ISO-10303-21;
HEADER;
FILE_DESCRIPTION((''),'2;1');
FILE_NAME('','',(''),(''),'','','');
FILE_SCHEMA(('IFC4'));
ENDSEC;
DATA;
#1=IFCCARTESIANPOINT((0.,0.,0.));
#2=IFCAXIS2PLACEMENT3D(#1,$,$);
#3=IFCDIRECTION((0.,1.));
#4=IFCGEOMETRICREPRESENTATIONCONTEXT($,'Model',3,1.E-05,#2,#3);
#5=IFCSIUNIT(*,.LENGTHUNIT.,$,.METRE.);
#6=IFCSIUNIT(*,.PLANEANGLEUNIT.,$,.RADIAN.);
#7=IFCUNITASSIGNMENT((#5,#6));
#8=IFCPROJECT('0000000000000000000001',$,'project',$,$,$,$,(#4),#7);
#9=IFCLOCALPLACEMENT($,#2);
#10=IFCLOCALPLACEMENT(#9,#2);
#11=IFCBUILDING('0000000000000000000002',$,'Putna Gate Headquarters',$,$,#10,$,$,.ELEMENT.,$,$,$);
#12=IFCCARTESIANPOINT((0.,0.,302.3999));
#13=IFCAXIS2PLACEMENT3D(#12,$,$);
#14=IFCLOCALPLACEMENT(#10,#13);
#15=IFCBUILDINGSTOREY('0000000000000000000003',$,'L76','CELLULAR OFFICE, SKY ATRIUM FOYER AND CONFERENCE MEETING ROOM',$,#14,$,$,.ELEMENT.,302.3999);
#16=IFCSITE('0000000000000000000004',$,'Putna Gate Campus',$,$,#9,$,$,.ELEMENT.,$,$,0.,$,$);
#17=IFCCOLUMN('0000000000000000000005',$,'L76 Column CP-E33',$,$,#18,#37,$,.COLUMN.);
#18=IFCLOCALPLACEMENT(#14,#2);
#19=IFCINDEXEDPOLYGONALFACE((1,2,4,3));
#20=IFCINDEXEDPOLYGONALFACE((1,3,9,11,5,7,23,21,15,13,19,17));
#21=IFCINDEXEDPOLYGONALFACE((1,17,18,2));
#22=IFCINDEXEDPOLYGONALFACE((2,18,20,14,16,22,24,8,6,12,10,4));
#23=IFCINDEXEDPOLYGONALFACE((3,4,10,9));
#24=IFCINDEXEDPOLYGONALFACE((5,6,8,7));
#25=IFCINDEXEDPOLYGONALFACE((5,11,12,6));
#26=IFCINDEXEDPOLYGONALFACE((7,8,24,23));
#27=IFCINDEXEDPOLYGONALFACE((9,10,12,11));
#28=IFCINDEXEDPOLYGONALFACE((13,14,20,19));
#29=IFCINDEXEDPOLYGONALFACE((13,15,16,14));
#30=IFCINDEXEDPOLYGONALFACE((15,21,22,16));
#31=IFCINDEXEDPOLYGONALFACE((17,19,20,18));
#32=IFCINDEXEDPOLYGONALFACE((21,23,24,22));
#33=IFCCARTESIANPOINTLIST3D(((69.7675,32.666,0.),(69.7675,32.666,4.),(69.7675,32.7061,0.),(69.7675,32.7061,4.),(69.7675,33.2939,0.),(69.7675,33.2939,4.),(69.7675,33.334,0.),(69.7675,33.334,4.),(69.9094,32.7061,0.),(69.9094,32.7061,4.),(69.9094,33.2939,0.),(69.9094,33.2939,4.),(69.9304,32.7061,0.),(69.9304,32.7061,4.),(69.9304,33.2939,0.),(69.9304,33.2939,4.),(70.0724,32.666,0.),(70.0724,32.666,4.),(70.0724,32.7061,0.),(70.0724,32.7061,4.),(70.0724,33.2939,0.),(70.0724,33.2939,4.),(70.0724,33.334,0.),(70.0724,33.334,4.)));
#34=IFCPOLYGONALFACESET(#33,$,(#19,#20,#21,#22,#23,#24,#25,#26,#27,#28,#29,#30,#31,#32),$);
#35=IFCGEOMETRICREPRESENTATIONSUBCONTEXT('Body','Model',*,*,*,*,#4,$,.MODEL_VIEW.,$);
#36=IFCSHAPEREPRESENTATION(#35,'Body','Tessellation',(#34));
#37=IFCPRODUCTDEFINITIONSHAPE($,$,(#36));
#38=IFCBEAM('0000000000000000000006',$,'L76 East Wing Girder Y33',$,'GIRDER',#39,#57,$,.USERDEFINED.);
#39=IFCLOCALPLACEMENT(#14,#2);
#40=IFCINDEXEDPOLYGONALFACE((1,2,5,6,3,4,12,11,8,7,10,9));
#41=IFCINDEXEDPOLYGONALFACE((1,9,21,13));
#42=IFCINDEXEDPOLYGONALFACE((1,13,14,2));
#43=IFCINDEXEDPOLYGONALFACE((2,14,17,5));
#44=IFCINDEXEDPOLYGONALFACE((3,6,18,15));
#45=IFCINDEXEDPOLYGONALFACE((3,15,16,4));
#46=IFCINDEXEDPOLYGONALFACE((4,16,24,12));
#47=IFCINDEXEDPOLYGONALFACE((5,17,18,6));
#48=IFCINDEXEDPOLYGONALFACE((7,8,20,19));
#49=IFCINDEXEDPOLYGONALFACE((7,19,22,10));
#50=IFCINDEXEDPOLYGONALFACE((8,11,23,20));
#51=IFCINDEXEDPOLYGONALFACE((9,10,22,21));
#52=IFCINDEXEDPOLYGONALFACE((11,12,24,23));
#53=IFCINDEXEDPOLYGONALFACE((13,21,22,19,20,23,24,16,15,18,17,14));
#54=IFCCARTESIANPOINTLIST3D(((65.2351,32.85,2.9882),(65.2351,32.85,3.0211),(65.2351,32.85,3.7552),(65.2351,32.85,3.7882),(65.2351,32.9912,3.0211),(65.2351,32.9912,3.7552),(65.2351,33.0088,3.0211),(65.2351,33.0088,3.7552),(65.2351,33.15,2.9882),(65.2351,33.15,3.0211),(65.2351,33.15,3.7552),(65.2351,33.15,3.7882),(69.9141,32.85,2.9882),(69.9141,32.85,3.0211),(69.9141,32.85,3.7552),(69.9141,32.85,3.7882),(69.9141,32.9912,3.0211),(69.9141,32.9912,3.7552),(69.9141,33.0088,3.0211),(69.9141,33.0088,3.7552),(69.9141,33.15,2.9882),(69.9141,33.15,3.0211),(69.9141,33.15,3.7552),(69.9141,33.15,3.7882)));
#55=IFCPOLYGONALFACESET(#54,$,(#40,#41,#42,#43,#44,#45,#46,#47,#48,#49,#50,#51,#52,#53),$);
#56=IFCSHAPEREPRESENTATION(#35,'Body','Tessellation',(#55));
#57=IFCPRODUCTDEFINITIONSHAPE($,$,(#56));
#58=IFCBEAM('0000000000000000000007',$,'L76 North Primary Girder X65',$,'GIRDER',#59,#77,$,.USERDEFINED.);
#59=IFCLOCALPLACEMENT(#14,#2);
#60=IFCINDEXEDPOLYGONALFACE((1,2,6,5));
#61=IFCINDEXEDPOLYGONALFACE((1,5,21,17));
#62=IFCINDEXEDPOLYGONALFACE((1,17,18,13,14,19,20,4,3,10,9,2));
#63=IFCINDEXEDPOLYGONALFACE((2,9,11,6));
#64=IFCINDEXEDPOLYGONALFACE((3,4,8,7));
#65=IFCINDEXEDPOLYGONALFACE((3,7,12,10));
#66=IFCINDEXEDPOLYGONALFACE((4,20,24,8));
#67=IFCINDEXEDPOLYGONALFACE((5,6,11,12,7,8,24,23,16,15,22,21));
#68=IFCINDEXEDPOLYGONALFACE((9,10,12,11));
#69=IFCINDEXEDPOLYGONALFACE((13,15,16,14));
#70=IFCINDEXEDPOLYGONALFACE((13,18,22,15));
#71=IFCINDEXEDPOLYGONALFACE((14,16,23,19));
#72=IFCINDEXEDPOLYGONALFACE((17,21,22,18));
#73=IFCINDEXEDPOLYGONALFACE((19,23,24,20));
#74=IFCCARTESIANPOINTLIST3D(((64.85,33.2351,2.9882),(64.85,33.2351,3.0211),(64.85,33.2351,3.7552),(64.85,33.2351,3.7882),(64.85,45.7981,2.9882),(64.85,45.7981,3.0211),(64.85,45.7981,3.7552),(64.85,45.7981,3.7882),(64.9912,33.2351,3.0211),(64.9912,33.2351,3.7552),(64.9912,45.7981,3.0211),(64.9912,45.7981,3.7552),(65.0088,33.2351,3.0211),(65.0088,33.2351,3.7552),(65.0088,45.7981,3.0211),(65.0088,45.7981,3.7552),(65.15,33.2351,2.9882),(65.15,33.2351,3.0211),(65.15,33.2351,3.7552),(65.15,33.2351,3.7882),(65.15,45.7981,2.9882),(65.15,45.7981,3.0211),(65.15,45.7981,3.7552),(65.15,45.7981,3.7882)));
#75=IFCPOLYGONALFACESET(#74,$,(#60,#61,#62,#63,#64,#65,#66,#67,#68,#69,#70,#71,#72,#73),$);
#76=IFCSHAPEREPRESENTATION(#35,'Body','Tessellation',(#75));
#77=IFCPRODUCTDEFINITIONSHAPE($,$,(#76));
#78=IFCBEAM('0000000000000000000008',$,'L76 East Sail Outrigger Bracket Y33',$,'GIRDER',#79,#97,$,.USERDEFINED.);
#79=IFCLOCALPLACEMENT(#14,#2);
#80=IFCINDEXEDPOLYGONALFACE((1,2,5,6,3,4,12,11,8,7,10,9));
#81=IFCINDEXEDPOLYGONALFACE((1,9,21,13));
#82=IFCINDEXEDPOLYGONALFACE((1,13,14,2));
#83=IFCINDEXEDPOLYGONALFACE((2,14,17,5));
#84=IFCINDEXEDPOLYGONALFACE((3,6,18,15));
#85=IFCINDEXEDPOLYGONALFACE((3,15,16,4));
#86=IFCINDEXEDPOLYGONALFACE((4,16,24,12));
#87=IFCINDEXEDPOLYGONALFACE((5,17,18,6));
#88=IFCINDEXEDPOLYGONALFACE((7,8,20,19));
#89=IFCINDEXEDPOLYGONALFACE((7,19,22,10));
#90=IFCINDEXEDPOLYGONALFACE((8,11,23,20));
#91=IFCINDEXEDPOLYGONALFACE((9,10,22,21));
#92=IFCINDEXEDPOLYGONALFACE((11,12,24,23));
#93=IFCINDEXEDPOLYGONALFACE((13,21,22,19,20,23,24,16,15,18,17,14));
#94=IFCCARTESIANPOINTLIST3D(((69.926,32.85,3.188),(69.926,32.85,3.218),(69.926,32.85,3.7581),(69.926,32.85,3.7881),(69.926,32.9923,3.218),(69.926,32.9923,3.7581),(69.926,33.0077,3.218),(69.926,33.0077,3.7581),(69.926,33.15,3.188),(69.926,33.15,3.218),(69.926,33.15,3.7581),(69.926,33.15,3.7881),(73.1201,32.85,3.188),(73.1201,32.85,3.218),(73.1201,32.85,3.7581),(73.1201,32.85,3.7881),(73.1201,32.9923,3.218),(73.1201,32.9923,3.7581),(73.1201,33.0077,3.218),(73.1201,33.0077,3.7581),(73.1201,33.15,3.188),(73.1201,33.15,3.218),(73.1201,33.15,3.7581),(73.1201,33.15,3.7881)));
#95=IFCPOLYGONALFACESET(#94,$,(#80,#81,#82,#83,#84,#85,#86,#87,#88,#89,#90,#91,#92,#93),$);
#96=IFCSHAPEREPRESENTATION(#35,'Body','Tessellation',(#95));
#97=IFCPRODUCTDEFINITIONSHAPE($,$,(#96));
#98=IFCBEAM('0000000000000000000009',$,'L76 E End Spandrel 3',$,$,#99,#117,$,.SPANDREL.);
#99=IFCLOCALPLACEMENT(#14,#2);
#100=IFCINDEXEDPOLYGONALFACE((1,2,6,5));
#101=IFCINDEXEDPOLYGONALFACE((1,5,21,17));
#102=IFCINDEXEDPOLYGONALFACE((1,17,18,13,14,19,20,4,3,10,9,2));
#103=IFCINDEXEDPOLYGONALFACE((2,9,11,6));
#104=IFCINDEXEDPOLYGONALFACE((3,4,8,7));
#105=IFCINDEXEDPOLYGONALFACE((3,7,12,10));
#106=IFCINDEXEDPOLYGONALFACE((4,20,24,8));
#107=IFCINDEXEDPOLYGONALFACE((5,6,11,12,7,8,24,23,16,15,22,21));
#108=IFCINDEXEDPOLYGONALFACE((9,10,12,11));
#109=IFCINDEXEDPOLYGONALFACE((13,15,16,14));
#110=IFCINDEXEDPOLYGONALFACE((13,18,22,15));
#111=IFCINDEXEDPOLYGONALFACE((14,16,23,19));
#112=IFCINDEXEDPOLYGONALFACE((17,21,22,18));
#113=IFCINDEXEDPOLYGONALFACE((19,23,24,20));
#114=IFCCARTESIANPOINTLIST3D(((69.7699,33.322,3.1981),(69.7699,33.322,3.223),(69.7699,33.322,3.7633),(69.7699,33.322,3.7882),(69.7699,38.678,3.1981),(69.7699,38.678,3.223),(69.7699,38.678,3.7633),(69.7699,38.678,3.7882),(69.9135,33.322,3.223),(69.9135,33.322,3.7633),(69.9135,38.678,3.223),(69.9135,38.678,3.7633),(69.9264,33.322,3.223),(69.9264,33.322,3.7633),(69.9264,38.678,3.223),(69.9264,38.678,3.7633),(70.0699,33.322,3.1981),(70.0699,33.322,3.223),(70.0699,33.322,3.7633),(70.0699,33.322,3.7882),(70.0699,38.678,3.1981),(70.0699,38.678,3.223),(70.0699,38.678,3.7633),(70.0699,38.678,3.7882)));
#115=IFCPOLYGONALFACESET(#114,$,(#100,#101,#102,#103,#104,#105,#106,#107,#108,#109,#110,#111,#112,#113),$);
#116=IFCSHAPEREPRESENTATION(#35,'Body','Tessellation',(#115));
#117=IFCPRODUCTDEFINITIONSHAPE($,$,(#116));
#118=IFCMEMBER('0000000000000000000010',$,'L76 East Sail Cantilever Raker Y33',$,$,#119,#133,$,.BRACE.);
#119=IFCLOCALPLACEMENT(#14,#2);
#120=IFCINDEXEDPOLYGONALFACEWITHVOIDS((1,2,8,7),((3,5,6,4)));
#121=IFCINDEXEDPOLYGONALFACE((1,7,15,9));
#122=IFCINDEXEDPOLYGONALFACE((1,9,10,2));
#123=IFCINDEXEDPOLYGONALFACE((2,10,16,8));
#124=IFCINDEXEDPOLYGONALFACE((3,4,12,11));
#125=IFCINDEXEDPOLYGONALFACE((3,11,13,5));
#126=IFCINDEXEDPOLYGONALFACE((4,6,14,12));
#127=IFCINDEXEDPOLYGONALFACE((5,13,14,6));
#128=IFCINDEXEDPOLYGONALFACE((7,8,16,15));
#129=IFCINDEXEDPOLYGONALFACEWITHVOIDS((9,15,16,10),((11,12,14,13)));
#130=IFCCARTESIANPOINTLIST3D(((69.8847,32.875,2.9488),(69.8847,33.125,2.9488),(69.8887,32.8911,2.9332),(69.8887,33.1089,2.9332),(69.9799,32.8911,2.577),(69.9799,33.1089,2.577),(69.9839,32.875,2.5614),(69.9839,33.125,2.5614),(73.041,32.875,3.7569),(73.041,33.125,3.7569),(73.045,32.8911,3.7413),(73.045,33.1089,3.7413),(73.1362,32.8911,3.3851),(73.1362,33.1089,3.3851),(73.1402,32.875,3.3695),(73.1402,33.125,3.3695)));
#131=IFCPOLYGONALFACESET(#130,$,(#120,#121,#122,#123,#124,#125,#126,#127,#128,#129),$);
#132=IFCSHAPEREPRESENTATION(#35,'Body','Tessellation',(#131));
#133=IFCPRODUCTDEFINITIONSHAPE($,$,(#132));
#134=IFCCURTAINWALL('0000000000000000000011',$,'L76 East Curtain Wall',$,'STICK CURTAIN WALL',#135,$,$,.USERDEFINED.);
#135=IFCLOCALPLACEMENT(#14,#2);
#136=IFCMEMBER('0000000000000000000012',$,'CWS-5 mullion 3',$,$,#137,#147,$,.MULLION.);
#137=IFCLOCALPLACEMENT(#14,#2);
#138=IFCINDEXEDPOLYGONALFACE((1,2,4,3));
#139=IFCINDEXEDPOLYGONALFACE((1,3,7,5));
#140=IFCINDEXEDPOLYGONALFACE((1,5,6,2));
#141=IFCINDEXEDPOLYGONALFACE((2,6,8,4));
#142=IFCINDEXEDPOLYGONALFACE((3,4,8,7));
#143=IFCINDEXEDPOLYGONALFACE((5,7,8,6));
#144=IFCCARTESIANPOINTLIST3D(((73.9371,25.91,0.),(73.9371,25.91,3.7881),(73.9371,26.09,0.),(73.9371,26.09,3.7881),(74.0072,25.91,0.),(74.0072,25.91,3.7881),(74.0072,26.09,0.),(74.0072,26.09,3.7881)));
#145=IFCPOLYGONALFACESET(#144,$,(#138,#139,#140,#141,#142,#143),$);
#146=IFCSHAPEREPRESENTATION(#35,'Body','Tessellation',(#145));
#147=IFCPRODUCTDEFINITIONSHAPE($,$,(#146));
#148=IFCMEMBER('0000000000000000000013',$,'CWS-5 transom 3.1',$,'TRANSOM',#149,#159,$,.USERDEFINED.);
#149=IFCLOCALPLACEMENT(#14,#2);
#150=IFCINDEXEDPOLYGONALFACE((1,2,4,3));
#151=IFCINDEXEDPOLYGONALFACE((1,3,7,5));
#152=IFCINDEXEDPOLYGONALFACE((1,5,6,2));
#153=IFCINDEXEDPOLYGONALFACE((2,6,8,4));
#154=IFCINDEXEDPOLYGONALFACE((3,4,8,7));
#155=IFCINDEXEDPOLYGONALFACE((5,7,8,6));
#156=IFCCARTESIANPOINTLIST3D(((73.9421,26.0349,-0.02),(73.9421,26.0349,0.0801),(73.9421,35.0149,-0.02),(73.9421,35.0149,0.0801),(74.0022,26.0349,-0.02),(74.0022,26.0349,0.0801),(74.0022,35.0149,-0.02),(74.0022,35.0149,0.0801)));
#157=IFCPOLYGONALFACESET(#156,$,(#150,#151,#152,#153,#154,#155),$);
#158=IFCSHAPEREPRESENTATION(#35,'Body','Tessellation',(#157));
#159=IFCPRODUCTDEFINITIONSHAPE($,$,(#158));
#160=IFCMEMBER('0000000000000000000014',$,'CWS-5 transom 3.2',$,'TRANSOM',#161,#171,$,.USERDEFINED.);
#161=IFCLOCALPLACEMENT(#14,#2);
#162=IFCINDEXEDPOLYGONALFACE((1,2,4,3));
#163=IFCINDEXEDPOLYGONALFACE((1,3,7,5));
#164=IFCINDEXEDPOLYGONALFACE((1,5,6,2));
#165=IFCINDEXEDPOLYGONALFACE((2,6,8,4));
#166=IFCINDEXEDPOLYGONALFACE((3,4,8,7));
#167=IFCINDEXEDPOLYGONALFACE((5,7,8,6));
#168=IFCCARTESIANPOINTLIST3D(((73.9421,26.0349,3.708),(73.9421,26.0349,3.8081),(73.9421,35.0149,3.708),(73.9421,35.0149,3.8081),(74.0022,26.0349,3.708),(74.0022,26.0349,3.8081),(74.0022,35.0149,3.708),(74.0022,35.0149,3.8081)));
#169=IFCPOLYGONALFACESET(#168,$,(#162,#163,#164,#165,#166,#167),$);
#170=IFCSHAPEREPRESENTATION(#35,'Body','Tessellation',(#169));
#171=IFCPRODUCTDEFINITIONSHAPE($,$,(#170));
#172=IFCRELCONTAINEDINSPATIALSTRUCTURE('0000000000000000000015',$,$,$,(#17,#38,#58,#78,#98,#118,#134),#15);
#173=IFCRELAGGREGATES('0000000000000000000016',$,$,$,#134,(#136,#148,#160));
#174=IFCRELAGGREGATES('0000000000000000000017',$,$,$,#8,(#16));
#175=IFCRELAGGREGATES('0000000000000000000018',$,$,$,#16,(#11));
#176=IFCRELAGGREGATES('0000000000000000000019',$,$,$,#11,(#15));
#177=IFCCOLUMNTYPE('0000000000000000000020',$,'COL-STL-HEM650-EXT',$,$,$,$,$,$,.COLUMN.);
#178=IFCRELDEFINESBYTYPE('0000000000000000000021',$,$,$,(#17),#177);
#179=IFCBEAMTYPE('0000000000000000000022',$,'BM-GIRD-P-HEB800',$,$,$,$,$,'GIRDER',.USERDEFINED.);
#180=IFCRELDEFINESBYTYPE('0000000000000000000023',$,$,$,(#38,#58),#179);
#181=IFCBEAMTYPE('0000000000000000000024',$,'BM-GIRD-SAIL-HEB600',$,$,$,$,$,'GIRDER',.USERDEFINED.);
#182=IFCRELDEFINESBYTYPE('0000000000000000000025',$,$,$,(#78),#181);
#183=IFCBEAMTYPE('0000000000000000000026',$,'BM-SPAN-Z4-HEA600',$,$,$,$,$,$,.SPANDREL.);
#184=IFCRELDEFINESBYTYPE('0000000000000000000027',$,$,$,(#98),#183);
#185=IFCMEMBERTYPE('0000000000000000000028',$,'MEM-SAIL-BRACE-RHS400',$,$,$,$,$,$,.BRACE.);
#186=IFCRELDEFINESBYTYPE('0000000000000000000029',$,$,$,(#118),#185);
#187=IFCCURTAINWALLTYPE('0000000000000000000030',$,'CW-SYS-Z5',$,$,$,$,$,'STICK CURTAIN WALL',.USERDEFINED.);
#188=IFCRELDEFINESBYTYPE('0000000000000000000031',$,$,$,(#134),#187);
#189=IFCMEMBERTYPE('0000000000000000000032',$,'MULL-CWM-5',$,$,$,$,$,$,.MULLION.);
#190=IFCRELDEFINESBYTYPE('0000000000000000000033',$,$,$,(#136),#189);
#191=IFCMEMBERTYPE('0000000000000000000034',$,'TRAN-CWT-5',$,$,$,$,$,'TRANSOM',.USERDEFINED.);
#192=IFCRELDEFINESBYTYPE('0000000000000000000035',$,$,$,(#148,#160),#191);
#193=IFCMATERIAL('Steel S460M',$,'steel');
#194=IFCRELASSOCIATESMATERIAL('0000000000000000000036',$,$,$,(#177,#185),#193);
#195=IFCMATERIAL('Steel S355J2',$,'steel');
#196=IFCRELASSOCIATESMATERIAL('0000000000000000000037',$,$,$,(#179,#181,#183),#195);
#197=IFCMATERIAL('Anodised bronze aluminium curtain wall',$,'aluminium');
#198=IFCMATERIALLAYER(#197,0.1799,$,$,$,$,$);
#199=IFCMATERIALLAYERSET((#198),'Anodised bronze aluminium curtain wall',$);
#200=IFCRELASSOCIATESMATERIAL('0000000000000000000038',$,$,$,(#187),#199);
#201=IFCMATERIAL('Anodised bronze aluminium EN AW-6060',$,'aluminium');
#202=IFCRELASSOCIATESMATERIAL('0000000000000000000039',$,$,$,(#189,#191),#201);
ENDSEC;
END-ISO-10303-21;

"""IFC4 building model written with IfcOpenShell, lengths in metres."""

from ifc_helpers import new_model, si_unit, direction, frame, origin, origin_2d, place, context, subcontext, project, spatial, rectangle, hollow_rectangle, i_section, extrude, material, layer, layer_set, material_profile, profile_set, type_object, element, aggregate, save


model = new_model("IFC4")

# Units and contexts
model_context = context("Model", 3, precision=1e-05, world=origin(), true_north=direction((0.0, 1.0)))
body_context = subcontext(model_context, "Body", "Model", "MODEL_VIEW")
ifc_project = project(units=[si_unit("LENGTHUNIT", "METRE"), si_unit("PLANEANGLEUNIT", "RADIAN")], contexts=[model_context])

# Site, building, storey
site_placement = place(None, origin())
site = spatial("IfcSite", under=ifc_project, at=site_placement, Name="Putna Gate Campus", CompositionType="ELEMENT", RefElevation=0.0)
building_placement = place(site_placement, origin())
building = spatial("IfcBuilding", under=site, at=building_placement, Name="Putna Gate Headquarters", CompositionType="ELEMENT")
storey_placement = place(building_placement, frame((0.0, 0.0, 302.3999)))
storey = spatial("IfcBuildingStorey", under=building, at=storey_placement, Name="L76", Description="CELLULAR OFFICE, SKY ATRIUM FOYER AND CONFERENCE MEETING ROOM", CompositionType="ELEMENT", Elevation=302.3999)

# Column
ifc_material_1 = material(Name="Steel S460M", Category="steel")
ifc_material_profile_1 = material_profile(ifc_material_1, i_section(OverallWidth=0.3049, OverallDepth=0.668, WebThickness=0.021, FlangeThickness=0.04, at=origin_2d()), Name="Steel S460M")
ifc_profile_set_1 = profile_set([ifc_material_profile_1], Name="Steel S460M")
column_type = type_object("IfcColumnType", Name="COL-STL-HEM650-EXT", PredefinedType="COLUMN", material=ifc_profile_set_1)
column_placement = place(storey_placement, frame((69.9199, 33.0, 0.0), z_axis=(0.0, 0.0, 1.0), x_axis=(1.0, 0.0, 0.0)))
element("IfcColumn", 1, at=column_placement, inside=storey, type_object=column_type, Name="L76 Column CP-E33", PredefinedType="COLUMN", context=body_context, shape_type="SweptSolid", body=[
    extrude(i_section(OverallWidth=0.3049, OverallDepth=0.668, WebThickness=0.021, FlangeThickness=0.04, at=origin_2d()), origin(), (0.0, 0.0, 1.0), 4.0),
])

# Beams
ifc_material_2 = material(Name="Steel S355J2", Category="steel")
ifc_material_profile_2 = material_profile(ifc_material_2, i_section(OverallWidth=0.3, OverallDepth=0.8, WebThickness=0.0176, FlangeThickness=0.033, at=origin_2d()), Name="Steel S355J2")
ifc_profile_set_2 = profile_set([ifc_material_profile_2], Name="Steel S355J2")
beam_type_1 = type_object("IfcBeamType", Name="BM-GIRD-P-HEB800", ElementType="GIRDER", PredefinedType="USERDEFINED", material=ifc_profile_set_2)
beam_1_placement = place(storey_placement, frame((65.2351, 33.0, 3.3882), z_axis=(1.0, 0.0, 0.0), x_axis=(0.0, 1.0, 0.0)))
element("IfcBeam", 2, at=beam_1_placement, inside=storey, type_object=beam_type_1, Name="L76 East Wing Girder Y33", ObjectType="GIRDER", PredefinedType="USERDEFINED", context=body_context, shape_type="SweptSolid", body=[
    extrude(i_section(OverallWidth=0.3, OverallDepth=0.8, WebThickness=0.0176, FlangeThickness=0.033, at=origin_2d()), origin(), (0.0, 0.0, 1.0), 4.679),
])
beam_2_placement = place(storey_placement, frame((65.0, 33.2351, 3.3882), z_axis=(0.0, 1.0, 0.0), x_axis=(-1.0, 0.0, 0.0)))
element("IfcBeam", 3, at=beam_2_placement, inside=storey, type_object=beam_type_1, Name="L76 North Primary Girder X65", ObjectType="GIRDER", PredefinedType="USERDEFINED", context=body_context, shape_type="SweptSolid", body=[
    extrude(i_section(OverallWidth=0.3, OverallDepth=0.8, WebThickness=0.0176, FlangeThickness=0.033, at=origin_2d()), origin(), (0.0, 0.0, 1.0), 12.563),
])
ifc_material_profile_3 = material_profile(ifc_material_2, i_section(OverallWidth=0.3, OverallDepth=0.6001, WebThickness=0.0154, FlangeThickness=0.03, at=origin_2d()), Name="Steel S355J2")
ifc_profile_set_3 = profile_set([ifc_material_profile_3], Name="Steel S355J2")
beam_type_2 = type_object("IfcBeamType", Name="BM-GIRD-SAIL-HEB600", ElementType="GIRDER", PredefinedType="USERDEFINED", material=ifc_profile_set_3)
beam_3_placement = place(storey_placement, frame((69.926, 33.0, 3.488), z_axis=(1.0, 0.0, 0.0), x_axis=(0.0, 1.0, 0.0)))
element("IfcBeam", 4, at=beam_3_placement, inside=storey, type_object=beam_type_2, Name="L76 East Sail Outrigger Bracket Y33", ObjectType="GIRDER", PredefinedType="USERDEFINED", context=body_context, shape_type="SweptSolid", body=[
    extrude(i_section(OverallWidth=0.3, OverallDepth=0.6001, WebThickness=0.0154, FlangeThickness=0.03, at=origin_2d()), origin(), (0.0, 0.0, 1.0), 3.1941),
])
ifc_material_profile_4 = material_profile(ifc_material_2, i_section(OverallWidth=0.3, OverallDepth=0.5901, WebThickness=0.0129, FlangeThickness=0.0249, at=origin_2d()), Name="Steel S355J2")
ifc_profile_set_4 = profile_set([ifc_material_profile_4], Name="Steel S355J2")
beam_type_3 = type_object("IfcBeamType", Name="BM-SPAN-Z4-HEA600", PredefinedType="SPANDREL", material=ifc_profile_set_4)
beam_4_placement = place(storey_placement, frame((69.9199, 33.322, 3.4932), z_axis=(0.0, 1.0, 0.0), x_axis=(-1.0, 0.0, 0.0)))
element("IfcBeam", 5, at=beam_4_placement, inside=storey, type_object=beam_type_3, Name="L76 E End Spandrel 3", PredefinedType="SPANDREL", context=body_context, shape_type="SweptSolid", body=[
    extrude(i_section(OverallWidth=0.3, OverallDepth=0.5901, WebThickness=0.0129, FlangeThickness=0.0249, at=origin_2d()), origin(), (0.0, 0.0, 1.0), 5.356),
])

# Member
ifc_material_profile_5 = material_profile(ifc_material_1, hollow_rectangle(XDim=0.25, YDim=0.3999, WallThickness=0.0161, at=origin_2d()), Name="Steel S460M")
ifc_profile_set_5 = profile_set([ifc_material_profile_5], Name="Steel S460M")
member_type_1 = type_object("IfcMemberType", Name="MEM-SAIL-BRACE-RHS400", PredefinedType="BRACE", material=ifc_profile_set_5)
member_1_placement = place(storey_placement, frame((69.9343, 33.0, 2.7551), z_axis=(0.968752, 0.0, 0.248033), x_axis=(0.0, 1.0, 0.0)))
element("IfcMember", 6, at=member_1_placement, inside=storey, type_object=member_type_1, Name="L76 East Sail Cantilever Raker Y33", PredefinedType="BRACE", context=body_context, shape_type="SweptSolid", body=[
    extrude(hollow_rectangle(XDim=0.25, YDim=0.3999, WallThickness=0.0161, at=origin_2d()), origin(), (0.0, 0.0, 1.0), 3.2581),
])

# Curtain wall, members
ifc_material_3 = material(Name="Anodised bronze aluminium curtain wall", Category="aluminium")
ifc_layer_1 = layer(ifc_material_3, 0.1799)
ifc_layer_set_1 = layer_set([ifc_layer_1], Name="Anodised bronze aluminium curtain wall")
curtain_wall_type = type_object("IfcCurtainWallType", Name="CW-SYS-Z5", ElementType="STICK CURTAIN WALL", PredefinedType="USERDEFINED", material=ifc_layer_set_1)
curtain_wall_placement = place(storey_placement, origin())
curtain_wall = element("IfcCurtainWall", 7, at=curtain_wall_placement, inside=storey, type_object=curtain_wall_type, Name="L76 East Curtain Wall", ObjectType="STICK CURTAIN WALL", PredefinedType="USERDEFINED")
ifc_material_4 = material(Name="Anodised bronze aluminium EN AW-6060", Category="aluminium")
ifc_material_profile_6 = material_profile(ifc_material_4, rectangle(XDim=0.0701, YDim=0.1799, at=origin_2d()), Name="Anodised bronze aluminium EN AW-6060")
ifc_profile_set_6 = profile_set([ifc_material_profile_6], Name="Anodised bronze aluminium EN AW-6060")
member_type_2 = type_object("IfcMemberType", Name="MULL-CWM-5", PredefinedType="MULLION", material=ifc_profile_set_6)
member_2_placement = place(storey_placement, frame((73.9722, 26.0, 0.0), z_axis=(0.0, 0.0, 1.0), x_axis=(-1.0, 0.0, 0.0)))
member_2 = element("IfcMember", 8, at=member_2_placement, type_object=member_type_2, Name="CWS-5 mullion 3", PredefinedType="MULLION", context=body_context, shape_type="SweptSolid", body=[
    extrude(rectangle(XDim=0.0701, YDim=0.1799, at=origin_2d()), origin(), (0.0, 0.0, 1.0), 3.7881),
])
ifc_material_profile_7 = material_profile(ifc_material_4, rectangle(XDim=0.0601, YDim=0.1001, at=origin_2d()), Name="Anodised bronze aluminium EN AW-6060")
ifc_profile_set_7 = profile_set([ifc_material_profile_7], Name="Anodised bronze aluminium EN AW-6060")
member_type_3 = type_object("IfcMemberType", Name="TRAN-CWT-5", ElementType="TRANSOM", PredefinedType="USERDEFINED", material=ifc_profile_set_7)
member_3_placement = place(storey_placement, frame((73.9722, 26.0349, 0.03), z_axis=(0.0, 1.0, 0.0), x_axis=(-1.0, 0.0, 0.0)))
member_3 = element("IfcMember", 9, at=member_3_placement, type_object=member_type_3, Name="CWS-5 transom 3.1", ObjectType="TRANSOM", PredefinedType="USERDEFINED", context=body_context, shape_type="SweptSolid", body=[
    extrude(rectangle(XDim=0.0601, YDim=0.1001, at=origin_2d()), origin(), (0.0, 0.0, 1.0), 8.98),
])
member_4_placement = place(storey_placement, frame((73.9722, 26.0349, 3.7581), z_axis=(0.0, 1.0, 0.0), x_axis=(-1.0, 0.0, 0.0)))
member_4 = element("IfcMember", 10, at=member_4_placement, type_object=member_type_3, Name="CWS-5 transom 3.2", ObjectType="TRANSOM", PredefinedType="USERDEFINED", context=body_context, shape_type="SweptSolid", body=[
    extrude(rectangle(XDim=0.0601, YDim=0.1001, at=origin_2d()), origin(), (0.0, 0.0, 1.0), 8.98),
])
aggregate(curtain_wall, [member_2, member_3, member_4])

save(model, "model.ifc")
